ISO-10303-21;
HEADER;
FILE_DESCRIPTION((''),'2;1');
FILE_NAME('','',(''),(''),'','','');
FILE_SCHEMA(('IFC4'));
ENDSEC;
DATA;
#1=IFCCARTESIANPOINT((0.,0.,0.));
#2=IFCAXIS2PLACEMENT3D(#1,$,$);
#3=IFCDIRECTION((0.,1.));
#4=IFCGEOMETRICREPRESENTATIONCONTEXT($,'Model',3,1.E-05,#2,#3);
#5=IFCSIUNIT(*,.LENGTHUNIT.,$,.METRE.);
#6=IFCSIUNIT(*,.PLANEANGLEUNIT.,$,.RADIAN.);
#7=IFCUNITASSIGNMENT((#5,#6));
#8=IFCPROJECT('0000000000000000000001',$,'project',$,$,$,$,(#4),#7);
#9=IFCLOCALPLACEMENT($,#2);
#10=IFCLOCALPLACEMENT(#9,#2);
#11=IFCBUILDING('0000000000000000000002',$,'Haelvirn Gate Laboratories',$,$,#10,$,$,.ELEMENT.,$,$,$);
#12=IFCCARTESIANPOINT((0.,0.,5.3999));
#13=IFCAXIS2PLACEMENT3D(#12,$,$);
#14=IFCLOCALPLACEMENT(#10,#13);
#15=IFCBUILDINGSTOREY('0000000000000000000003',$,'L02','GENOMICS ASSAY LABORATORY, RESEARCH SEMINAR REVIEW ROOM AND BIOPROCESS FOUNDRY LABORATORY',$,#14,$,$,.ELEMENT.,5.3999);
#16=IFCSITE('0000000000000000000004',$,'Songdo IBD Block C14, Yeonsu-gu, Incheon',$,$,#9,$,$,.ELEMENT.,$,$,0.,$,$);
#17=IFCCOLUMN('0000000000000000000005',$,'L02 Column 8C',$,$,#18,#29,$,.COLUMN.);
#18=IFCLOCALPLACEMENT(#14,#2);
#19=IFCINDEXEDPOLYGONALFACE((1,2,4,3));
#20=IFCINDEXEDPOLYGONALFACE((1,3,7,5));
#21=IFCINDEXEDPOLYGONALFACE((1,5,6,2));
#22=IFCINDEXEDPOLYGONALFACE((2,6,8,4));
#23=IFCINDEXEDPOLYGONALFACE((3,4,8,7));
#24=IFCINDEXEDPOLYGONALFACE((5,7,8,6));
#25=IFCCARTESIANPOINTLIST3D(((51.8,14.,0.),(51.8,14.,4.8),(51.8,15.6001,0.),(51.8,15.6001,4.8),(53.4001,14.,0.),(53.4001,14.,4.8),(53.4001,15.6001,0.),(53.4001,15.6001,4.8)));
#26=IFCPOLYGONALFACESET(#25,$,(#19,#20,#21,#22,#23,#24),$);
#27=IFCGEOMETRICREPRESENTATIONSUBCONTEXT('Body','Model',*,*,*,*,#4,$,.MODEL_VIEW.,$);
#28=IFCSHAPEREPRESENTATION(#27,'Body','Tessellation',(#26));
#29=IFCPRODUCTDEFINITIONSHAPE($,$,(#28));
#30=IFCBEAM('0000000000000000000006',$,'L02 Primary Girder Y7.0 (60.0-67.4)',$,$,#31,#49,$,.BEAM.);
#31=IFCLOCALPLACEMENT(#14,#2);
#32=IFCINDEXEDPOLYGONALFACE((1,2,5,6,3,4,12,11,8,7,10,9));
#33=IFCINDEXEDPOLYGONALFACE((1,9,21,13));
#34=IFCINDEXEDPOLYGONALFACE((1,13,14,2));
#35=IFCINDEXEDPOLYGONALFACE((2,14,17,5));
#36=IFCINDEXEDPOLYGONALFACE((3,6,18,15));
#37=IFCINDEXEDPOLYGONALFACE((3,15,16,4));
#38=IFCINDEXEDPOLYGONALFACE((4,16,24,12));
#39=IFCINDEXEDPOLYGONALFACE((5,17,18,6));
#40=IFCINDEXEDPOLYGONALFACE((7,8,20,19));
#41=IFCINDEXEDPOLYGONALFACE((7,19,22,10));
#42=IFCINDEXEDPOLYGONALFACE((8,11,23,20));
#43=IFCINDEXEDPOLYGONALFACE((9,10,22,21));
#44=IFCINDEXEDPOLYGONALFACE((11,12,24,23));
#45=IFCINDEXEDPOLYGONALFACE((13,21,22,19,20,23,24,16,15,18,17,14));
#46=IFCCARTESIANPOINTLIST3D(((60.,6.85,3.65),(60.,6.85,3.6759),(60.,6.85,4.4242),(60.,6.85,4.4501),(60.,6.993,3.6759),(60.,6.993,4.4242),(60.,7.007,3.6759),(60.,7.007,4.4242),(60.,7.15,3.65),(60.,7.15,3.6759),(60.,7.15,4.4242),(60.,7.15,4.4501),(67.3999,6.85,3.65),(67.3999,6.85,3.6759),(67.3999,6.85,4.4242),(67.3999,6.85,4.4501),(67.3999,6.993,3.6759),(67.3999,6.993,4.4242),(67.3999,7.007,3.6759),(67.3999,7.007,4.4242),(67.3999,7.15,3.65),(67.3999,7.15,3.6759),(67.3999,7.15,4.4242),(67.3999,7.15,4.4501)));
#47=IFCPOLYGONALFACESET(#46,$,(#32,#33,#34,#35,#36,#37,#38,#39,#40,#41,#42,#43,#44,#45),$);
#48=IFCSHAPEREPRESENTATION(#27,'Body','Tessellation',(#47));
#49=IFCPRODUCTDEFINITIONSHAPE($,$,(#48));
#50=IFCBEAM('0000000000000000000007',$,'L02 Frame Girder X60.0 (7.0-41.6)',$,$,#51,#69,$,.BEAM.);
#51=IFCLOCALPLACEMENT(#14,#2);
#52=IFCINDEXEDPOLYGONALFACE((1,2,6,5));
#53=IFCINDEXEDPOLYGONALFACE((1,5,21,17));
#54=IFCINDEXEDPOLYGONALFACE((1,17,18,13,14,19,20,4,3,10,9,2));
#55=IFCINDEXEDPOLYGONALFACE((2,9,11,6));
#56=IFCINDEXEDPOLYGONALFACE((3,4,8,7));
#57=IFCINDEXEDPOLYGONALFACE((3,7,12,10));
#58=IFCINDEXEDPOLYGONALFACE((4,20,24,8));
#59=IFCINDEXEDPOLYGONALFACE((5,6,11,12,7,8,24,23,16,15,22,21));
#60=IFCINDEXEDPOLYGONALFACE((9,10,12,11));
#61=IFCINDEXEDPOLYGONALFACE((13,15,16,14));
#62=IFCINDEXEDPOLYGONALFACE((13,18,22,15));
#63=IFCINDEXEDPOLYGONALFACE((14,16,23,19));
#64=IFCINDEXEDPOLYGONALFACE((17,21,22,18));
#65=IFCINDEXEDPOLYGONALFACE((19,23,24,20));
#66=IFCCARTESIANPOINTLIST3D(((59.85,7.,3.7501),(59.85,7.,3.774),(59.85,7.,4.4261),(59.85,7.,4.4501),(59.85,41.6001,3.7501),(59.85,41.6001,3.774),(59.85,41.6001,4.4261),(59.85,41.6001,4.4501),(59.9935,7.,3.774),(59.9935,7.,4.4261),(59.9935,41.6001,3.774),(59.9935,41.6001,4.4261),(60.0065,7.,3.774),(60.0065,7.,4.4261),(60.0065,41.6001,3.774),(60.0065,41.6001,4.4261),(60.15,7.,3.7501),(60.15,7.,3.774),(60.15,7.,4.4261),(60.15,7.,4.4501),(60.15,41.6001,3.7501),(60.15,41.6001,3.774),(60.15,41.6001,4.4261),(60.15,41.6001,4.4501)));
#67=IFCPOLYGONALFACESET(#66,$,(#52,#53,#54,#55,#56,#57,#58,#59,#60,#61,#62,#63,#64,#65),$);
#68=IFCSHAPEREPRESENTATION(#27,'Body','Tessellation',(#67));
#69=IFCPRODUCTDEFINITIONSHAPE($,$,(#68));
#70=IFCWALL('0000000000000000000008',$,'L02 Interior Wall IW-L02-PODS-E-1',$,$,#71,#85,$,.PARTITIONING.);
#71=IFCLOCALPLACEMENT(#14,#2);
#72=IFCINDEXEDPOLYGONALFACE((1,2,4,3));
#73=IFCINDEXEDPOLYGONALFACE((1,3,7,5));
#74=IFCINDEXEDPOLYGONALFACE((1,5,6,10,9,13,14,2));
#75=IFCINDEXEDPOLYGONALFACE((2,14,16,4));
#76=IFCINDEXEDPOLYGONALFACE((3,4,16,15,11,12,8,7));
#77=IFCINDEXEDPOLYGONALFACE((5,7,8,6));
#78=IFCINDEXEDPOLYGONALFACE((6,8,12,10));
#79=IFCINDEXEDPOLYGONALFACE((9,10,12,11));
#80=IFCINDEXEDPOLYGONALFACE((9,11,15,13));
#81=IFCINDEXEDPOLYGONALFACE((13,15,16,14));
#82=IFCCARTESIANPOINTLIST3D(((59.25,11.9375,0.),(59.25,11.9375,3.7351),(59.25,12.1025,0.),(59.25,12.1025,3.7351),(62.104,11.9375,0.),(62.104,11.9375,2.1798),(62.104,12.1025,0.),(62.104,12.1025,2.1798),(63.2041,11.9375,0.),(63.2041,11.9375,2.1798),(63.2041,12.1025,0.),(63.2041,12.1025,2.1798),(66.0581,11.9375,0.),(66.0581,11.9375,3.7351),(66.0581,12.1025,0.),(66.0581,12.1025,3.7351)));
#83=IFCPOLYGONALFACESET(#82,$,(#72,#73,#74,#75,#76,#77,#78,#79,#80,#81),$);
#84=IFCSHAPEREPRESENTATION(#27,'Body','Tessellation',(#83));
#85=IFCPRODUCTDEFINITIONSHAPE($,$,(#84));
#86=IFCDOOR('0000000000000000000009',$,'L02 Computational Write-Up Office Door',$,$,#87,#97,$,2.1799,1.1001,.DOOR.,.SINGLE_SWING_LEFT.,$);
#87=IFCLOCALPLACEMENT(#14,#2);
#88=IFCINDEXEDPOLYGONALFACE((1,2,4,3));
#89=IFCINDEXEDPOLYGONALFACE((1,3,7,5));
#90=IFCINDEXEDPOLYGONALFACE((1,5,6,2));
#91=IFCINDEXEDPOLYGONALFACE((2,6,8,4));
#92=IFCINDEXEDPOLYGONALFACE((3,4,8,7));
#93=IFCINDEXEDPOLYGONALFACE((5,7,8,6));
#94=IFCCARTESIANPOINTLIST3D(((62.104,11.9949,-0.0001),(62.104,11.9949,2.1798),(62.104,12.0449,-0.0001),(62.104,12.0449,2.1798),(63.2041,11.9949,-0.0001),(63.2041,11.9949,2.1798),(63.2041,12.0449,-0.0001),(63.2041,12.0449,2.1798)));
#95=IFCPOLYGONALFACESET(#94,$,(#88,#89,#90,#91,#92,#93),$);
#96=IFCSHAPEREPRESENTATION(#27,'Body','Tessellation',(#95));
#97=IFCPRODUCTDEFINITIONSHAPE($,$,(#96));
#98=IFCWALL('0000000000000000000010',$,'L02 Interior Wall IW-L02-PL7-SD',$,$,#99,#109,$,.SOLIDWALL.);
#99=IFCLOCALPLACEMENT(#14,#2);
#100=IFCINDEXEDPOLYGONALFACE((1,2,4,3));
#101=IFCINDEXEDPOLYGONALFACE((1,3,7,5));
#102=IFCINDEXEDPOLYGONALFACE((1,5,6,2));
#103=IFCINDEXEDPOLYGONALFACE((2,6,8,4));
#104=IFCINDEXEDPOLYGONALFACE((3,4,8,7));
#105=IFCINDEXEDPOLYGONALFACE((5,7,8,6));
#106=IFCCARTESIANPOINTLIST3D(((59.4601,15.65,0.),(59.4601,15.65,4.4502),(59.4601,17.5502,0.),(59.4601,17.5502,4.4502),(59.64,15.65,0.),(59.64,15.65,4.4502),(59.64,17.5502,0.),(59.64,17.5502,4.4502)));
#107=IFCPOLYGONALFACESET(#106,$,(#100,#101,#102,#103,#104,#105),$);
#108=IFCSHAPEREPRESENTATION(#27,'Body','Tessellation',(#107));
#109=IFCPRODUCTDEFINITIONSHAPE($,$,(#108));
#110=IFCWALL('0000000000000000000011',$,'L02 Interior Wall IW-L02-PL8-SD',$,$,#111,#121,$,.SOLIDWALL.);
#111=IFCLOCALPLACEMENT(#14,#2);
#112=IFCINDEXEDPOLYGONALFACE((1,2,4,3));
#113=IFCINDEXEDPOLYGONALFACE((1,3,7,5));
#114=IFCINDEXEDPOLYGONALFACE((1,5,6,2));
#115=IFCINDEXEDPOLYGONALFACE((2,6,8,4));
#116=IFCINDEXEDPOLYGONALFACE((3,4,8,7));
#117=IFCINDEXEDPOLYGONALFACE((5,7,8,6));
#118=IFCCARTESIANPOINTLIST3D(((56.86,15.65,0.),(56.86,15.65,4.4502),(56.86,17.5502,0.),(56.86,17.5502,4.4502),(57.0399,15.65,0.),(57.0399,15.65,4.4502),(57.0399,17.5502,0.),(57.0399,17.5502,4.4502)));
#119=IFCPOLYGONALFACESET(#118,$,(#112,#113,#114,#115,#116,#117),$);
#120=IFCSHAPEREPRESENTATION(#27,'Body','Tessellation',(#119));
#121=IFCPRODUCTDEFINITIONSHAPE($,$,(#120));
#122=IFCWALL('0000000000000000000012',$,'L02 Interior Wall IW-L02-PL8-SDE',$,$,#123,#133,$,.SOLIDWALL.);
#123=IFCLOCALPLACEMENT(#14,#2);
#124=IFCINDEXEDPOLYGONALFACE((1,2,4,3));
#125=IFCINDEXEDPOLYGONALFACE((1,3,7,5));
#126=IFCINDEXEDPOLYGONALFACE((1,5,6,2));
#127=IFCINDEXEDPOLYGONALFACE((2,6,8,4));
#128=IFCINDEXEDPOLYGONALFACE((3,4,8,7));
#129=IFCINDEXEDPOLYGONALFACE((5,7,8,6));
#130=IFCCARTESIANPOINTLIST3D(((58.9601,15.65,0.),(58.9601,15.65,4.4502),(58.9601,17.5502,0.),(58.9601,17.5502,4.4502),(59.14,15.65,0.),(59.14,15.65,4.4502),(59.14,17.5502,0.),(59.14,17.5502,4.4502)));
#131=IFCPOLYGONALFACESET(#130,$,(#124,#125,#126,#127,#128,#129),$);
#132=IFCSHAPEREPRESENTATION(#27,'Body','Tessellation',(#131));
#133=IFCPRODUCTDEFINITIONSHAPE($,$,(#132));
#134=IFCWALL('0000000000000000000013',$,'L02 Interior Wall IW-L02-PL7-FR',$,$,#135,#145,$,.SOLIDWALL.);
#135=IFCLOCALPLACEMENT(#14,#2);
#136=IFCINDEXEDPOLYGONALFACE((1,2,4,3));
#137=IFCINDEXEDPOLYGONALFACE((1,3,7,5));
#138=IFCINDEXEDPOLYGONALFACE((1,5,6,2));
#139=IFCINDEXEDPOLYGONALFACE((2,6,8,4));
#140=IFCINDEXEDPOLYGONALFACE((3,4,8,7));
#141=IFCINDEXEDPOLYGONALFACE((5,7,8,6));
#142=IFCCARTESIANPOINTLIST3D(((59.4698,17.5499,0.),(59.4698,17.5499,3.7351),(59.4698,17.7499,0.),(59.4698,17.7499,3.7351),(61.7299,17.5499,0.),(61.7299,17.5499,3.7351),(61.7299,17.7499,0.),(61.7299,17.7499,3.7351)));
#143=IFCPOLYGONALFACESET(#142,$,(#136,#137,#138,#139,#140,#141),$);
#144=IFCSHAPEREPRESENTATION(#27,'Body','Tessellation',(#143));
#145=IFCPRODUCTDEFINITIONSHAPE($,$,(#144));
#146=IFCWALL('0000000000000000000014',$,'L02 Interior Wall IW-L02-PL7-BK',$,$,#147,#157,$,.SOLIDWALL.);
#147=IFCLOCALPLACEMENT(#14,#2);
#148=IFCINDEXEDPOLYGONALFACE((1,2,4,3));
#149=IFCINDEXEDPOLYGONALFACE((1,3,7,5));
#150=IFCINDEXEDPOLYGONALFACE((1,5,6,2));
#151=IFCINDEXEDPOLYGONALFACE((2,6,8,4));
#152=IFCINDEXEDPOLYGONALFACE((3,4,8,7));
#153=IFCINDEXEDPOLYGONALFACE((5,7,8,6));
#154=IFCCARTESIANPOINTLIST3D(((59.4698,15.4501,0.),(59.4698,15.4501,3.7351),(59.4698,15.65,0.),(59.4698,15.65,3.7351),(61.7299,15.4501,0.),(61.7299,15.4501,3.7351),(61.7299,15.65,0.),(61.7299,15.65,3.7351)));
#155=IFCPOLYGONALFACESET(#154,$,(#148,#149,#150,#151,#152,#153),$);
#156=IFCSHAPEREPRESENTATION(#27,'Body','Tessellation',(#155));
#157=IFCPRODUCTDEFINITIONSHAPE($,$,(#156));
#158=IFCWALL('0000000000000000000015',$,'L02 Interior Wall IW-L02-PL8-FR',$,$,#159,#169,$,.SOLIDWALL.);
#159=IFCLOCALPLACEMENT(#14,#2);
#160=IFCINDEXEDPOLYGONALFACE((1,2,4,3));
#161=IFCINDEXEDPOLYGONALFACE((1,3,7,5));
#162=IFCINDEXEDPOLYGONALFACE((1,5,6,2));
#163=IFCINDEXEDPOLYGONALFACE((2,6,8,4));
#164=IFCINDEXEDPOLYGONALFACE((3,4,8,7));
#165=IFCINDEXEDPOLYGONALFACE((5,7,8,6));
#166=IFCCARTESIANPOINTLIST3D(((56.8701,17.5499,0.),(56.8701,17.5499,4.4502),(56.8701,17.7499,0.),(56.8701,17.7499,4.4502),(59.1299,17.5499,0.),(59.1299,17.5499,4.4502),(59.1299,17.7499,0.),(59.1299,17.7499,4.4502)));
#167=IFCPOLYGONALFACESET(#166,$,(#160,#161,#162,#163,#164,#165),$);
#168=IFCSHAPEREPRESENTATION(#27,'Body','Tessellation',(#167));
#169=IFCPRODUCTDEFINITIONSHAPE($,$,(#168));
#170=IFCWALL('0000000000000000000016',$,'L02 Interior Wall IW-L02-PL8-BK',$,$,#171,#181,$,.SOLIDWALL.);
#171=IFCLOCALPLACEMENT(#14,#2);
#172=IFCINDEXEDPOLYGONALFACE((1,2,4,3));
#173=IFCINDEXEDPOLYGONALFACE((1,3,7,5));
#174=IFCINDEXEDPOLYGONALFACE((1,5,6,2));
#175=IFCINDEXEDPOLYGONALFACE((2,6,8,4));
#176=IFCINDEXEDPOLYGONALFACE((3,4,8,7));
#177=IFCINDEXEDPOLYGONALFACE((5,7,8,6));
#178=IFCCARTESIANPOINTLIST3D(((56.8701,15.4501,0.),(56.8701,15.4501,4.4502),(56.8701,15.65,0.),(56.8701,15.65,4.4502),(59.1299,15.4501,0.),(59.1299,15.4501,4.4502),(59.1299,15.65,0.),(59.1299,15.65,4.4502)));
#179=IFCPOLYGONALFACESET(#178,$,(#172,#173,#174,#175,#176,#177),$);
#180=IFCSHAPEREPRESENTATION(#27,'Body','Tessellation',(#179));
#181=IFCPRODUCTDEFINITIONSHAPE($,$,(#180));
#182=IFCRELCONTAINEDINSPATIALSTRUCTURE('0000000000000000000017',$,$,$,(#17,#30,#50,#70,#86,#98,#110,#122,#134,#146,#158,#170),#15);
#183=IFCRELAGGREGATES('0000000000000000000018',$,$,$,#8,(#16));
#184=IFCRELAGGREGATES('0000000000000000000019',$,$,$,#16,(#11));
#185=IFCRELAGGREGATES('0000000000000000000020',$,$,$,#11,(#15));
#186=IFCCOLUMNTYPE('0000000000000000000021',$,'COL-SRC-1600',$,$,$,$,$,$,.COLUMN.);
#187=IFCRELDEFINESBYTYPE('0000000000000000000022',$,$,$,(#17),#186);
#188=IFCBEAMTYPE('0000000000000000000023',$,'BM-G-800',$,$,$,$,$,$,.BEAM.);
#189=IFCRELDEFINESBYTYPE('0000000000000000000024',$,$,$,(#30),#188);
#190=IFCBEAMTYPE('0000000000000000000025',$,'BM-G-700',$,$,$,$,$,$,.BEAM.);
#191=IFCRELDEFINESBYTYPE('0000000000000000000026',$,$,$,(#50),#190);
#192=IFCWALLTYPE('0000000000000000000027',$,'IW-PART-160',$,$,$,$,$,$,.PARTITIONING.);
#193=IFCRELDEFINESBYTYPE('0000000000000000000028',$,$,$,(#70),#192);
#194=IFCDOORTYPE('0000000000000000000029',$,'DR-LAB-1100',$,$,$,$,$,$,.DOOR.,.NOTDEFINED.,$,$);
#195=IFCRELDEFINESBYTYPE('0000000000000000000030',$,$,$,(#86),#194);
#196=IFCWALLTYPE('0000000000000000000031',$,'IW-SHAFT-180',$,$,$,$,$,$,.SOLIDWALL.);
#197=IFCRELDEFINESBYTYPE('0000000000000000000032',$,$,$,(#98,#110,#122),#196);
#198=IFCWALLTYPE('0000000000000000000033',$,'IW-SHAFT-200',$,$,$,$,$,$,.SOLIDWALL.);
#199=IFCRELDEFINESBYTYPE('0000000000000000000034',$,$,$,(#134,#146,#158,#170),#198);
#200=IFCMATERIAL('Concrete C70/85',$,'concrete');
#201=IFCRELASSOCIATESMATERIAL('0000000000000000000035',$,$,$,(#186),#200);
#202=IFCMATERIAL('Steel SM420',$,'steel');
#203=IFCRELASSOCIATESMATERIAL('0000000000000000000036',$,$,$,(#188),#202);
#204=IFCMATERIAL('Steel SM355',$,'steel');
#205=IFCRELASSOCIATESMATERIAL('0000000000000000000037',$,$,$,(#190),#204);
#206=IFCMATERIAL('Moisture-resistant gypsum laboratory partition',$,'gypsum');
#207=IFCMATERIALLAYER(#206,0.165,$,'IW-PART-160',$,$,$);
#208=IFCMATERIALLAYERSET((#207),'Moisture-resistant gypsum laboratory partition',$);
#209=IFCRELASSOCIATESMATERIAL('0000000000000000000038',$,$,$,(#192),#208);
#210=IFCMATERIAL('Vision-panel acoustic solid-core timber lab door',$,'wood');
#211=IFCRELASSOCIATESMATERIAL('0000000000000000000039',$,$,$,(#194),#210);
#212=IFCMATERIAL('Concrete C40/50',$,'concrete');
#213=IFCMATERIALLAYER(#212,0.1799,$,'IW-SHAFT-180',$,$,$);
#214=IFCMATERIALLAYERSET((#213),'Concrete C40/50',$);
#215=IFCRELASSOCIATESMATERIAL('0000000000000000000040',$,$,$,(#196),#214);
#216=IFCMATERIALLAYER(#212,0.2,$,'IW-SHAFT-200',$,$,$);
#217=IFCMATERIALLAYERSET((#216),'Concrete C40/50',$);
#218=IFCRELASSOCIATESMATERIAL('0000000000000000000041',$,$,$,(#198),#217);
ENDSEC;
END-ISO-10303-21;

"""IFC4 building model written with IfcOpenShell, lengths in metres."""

from ifc_helpers import new_model, si_unit, direction, frame, frame_2d, origin, origin_2d, place, context, subcontext, project, spatial, rectangle, i_section, extrude, source, transform, mapped, material, layer, layer_set, material_profile, profile_set, type_object, type_shapes, element, fill, save


model = new_model("IFC4")

# Units and contexts
model_context = context("Model", 3, precision=1e-05, world=origin(), true_north=direction((0.0, 1.0)))
body_context = subcontext(model_context, "Body", "Model", "MODEL_VIEW")
ifc_project = project(units=[si_unit("LENGTHUNIT", "METRE"), si_unit("PLANEANGLEUNIT", "RADIAN")], contexts=[model_context])

# Site, building, storey
site_placement = place(None, origin())
site = spatial("IfcSite", under=ifc_project, at=site_placement, Name="Songdo IBD Block C14, Yeonsu-gu, Incheon", CompositionType="ELEMENT", RefElevation=0.0)
building_placement = place(site_placement, origin())
building = spatial("IfcBuilding", under=site, at=building_placement, Name="Haelvirn Gate Laboratories", CompositionType="ELEMENT")
storey_placement = place(building_placement, frame((0.0, 0.0, 5.3999)))
storey = spatial("IfcBuildingStorey", under=building, at=storey_placement, Name="L02", Description="GENOMICS ASSAY LABORATORY, RESEARCH SEMINAR REVIEW ROOM AND BIOPROCESS FOUNDRY LABORATORY", CompositionType="ELEMENT", Elevation=5.3999)

# Column
ifc_material_1 = material(Name="Concrete C70/85", Category="concrete")
ifc_material_profile_1 = material_profile(ifc_material_1, rectangle(XDim=1.6001, YDim=1.6001, at=origin_2d()), Name="SRC-1600x1600")
ifc_profile_set_1 = profile_set([ifc_material_profile_1], Name="Concrete C70/85")
column_type = type_object("IfcColumnType", Name="COL-SRC-1600", PredefinedType="COLUMN", material=ifc_profile_set_1)
shared_shape_1 = source(origin(), body_context, "Body", "SweptSolid", [
    extrude(rectangle(XDim=1.6001, YDim=1.6001, at=origin_2d()), origin(), (0.0, 0.0, 1.0), 4.8),
])
type_shapes(column_type, [shared_shape_1])
column_placement = place(storey_placement, frame((52.6001, 14.8, 0.0), z_axis=(0.0, 0.0, 1.0), x_axis=(1.0, 0.0, 0.0)))
element("IfcColumn", 1, at=column_placement, inside=storey, type_object=column_type, Name="L02 Column 8C", PredefinedType="COLUMN", context=body_context, shape_type="MappedRepresentation", body=[
    mapped(shared_shape_1, transform((0.0, 0.0, 0.0), scale=1.0)),
])

# Beams
ifc_material_2 = material(Name="Steel SM420", Category="steel")
ifc_material_profile_2 = material_profile(ifc_material_2, i_section(OverallWidth=0.3, OverallDepth=0.8, WebThickness=0.0139, FlangeThickness=0.0259, at=origin_2d()), Name="H-800x300x14x26")
ifc_profile_set_2 = profile_set([ifc_material_profile_2], Name="Steel SM420")
beam_type_1 = type_object("IfcBeamType", Name="BM-G-800", PredefinedType="BEAM", material=ifc_profile_set_2)
shared_shape_2 = source(origin(), body_context, "Body", "SweptSolid", [
    extrude(i_section(OverallWidth=0.3, OverallDepth=0.8, WebThickness=0.0139, FlangeThickness=0.0259, at=origin_2d()), origin(), (0.0, 0.0, 1.0), 7.3999),
])
type_shapes(beam_type_1, [shared_shape_2])
beam_1_placement = place(storey_placement, frame((60.0, 7.0, 4.05), z_axis=(1.0, 0.0, 0.0), x_axis=(0.0, 1.0, 0.0)))
element("IfcBeam", 2, at=beam_1_placement, inside=storey, type_object=beam_type_1, Name="L02 Primary Girder Y7.0 (60.0-67.4)", PredefinedType="BEAM", context=body_context, shape_type="MappedRepresentation", body=[
    mapped(shared_shape_2, transform((0.0, 0.0, 0.0), scale=1.0)),
])
ifc_material_3 = material(Name="Steel SM355", Category="steel")
ifc_material_profile_3 = material_profile(ifc_material_3, i_section(OverallWidth=0.3, OverallDepth=0.7, WebThickness=0.0129, FlangeThickness=0.0239, at=origin_2d()), Name="H-700x300x13x24")
ifc_profile_set_3 = profile_set([ifc_material_profile_3], Name="Steel SM355")
beam_type_2 = type_object("IfcBeamType", Name="BM-G-700", PredefinedType="BEAM", material=ifc_profile_set_3)
shared_shape_3 = source(origin(), body_context, "Body", "SweptSolid", [
    extrude(i_section(OverallWidth=0.3, OverallDepth=0.7, WebThickness=0.0129, FlangeThickness=0.0239, at=origin_2d()), origin(), (0.0, 0.0, 1.0), 34.6001),
])
type_shapes(beam_type_2, [shared_shape_3])
beam_2_placement = place(storey_placement, frame((60.0, 7.0, 4.1001), z_axis=(0.0, 1.0, 0.0), x_axis=(-1.0, 0.0, 0.0)))
element("IfcBeam", 3, at=beam_2_placement, inside=storey, type_object=beam_type_2, Name="L02 Frame Girder X60.0 (7.0-41.6)", PredefinedType="BEAM", context=body_context, shape_type="MappedRepresentation", body=[
    mapped(shared_shape_3, transform((0.0, 0.0, 0.0), scale=1.0)),
])

# Wall, opening, door
ifc_material_4 = material(Name="Moisture-resistant gypsum laboratory partition", Category="gypsum")
ifc_layer_1 = layer(ifc_material_4, 0.165, Name="IW-PART-160")
ifc_layer_set_1 = layer_set([ifc_layer_1], Name="Moisture-resistant gypsum laboratory partition")
wall_type_1 = type_object("IfcWallType", Name="IW-PART-160", PredefinedType="PARTITIONING", material=ifc_layer_set_1)
wall_1_placement = place(storey_placement, frame((59.25, 12.02, 0.0), z_axis=(0.0, 0.0, 1.0), x_axis=(1.0, 0.0, 0.0)))
wall_1 = element("IfcWall", 4, at=wall_1_placement, inside=storey, type_object=wall_type_1, Name="L02 Interior Wall IW-L02-PODS-E-1", PredefinedType="PARTITIONING", context=body_context, shape_type="SweptSolid", body=[
    extrude(rectangle(XDim=6.8081, YDim=0.165, at=frame_2d((3.4041, 0.0))), origin(), (0.0, 0.0, 1.0), 3.7351),
])
opening_1_placement = place(wall_1_placement, frame((2.854, 0.0, 0.0)))
opening_1 = element("IfcOpeningElement", 5, at=opening_1_placement, cuts=wall_1, PredefinedType="OPENING", context=body_context, shape_type="SweptSolid", body=[
    extrude(rectangle(XDim=1.1001, YDim=2.1799, at=frame_2d((0.55, 1.0898))), frame((0.0, 0.0925, 0.0), z_axis=(0.0, -1.0, 0.0), x_axis=(1.0, 0.0, 0.0)), (0.0, 0.0, 1.0), 0.1851),
])
ifc_material_5 = material(Name="Vision-panel acoustic solid-core timber lab door", Category="wood")
door_type_1 = type_object("IfcDoorType", Name="DR-LAB-1100", OperationType="NOTDEFINED", PredefinedType="DOOR", material=ifc_material_5)
shared_shape_4 = source(origin(), body_context, "Body", "SweptSolid", [
    extrude(rectangle(XDim=1.1001, YDim=2.1799, at=frame_2d((0.55, 1.0898))), frame((0.0, 0.0249, 0.0), z_axis=(0.0, -1.0, 0.0), x_axis=(1.0, 0.0, 0.0)), (0.0, 0.0, 1.0), 0.05),
])
type_shapes(door_type_1, [shared_shape_4])
door_1_placement = place(opening_1_placement, origin())
door_1 = element("IfcDoor", 6, at=door_1_placement, inside=storey, type_object=door_type_1, Name="L02 Computational Write-Up Office Door", OperationType="SINGLE_SWING_LEFT", OverallHeight=2.1799, OverallWidth=1.1001, PredefinedType="DOOR", context=body_context, shape_type="MappedRepresentation", body=[
    mapped(shared_shape_4, transform((0.0, 0.0, 0.0), scale=1.0)),
])
fill(opening_1, door_1)

# Walls
ifc_material_6 = material(Name="Concrete C40/50", Category="concrete")
ifc_layer_2 = layer(ifc_material_6, 0.1799, Name="IW-SHAFT-180")
ifc_layer_set_2 = layer_set([ifc_layer_2], Name="Concrete C40/50")
wall_type_2 = type_object("IfcWallType", Name="IW-SHAFT-180", PredefinedType="SOLIDWALL", material=ifc_layer_set_2)
for number, where, z_axis, x_axis, name in (
    (7, (59.55, 15.6499, 0.0), (0.0, 0.0, 1.0), (0.0, 1.0, 0.0), "L02 Interior Wall IW-L02-PL7-SD"),
    (8, (56.95, 15.6499, 0.0), (0.0, 0.0, 1.0), (0.0, 1.0, 0.0), "L02 Interior Wall IW-L02-PL8-SD"),
    (9, (59.05, 15.6499, 0.0), (0.0, 0.0, 1.0), (0.0, 1.0, 0.0), "L02 Interior Wall IW-L02-PL8-SDE"),
):
    element("IfcWall", number, at=place(storey_placement, frame(where, z_axis=z_axis, x_axis=x_axis)), inside=storey, type_object=wall_type_2, Name=name, PredefinedType="SOLIDWALL", context=body_context, shape_type="SweptSolid", body=[
        extrude(rectangle(XDim=1.9001, YDim=0.1799, at=frame_2d((0.9502, 0.0))), origin(), (0.0, 0.0, 1.0), 4.4502),
    ])
ifc_layer_3 = layer(ifc_material_6, 0.2, Name="IW-SHAFT-200")
ifc_layer_set_3 = layer_set([ifc_layer_3], Name="Concrete C40/50")
wall_type_3 = type_object("IfcWallType", Name="IW-SHAFT-200", PredefinedType="SOLIDWALL", material=ifc_layer_set_3)
for number, where, z_axis, x_axis, name in (
    (10, (59.47, 17.6499, 0.0), (0.0, 0.0, 1.0), (1.0, 0.0, 0.0), "L02 Interior Wall IW-L02-PL7-FR"),
    (11, (59.47, 15.55, 0.0), (0.0, 0.0, 1.0), (1.0, 0.0, 0.0), "L02 Interior Wall IW-L02-PL7-BK"),
):
    element("IfcWall", number, at=place(storey_placement, frame(where, z_axis=z_axis, x_axis=x_axis)), inside=storey, type_object=wall_type_3, Name=name, PredefinedType="SOLIDWALL", context=body_context, shape_type="SweptSolid", body=[
        extrude(rectangle(XDim=2.26, YDim=0.2, at=frame_2d((1.1299, 0.0))), origin(), (0.0, 0.0, 1.0), 3.7351),
    ])
for number, where, z_axis, x_axis, name in (
    (12, (56.8701, 17.6499, 0.0), (0.0, 0.0, 1.0), (1.0, 0.0, 0.0), "L02 Interior Wall IW-L02-PL8-FR"),
    (13, (56.8701, 15.55, 0.0), (0.0, 0.0, 1.0), (1.0, 0.0, 0.0), "L02 Interior Wall IW-L02-PL8-BK"),
):
    element("IfcWall", number, at=place(storey_placement, frame(where, z_axis=z_axis, x_axis=x_axis)), inside=storey, type_object=wall_type_3, Name=name, PredefinedType="SOLIDWALL", context=body_context, shape_type="SweptSolid", body=[
        extrude(rectangle(XDim=2.2598, YDim=0.2, at=frame_2d((1.1299, 0.0))), origin(), (0.0, 0.0, 1.0), 4.4502),
    ])

save(model, "model.ifc")
